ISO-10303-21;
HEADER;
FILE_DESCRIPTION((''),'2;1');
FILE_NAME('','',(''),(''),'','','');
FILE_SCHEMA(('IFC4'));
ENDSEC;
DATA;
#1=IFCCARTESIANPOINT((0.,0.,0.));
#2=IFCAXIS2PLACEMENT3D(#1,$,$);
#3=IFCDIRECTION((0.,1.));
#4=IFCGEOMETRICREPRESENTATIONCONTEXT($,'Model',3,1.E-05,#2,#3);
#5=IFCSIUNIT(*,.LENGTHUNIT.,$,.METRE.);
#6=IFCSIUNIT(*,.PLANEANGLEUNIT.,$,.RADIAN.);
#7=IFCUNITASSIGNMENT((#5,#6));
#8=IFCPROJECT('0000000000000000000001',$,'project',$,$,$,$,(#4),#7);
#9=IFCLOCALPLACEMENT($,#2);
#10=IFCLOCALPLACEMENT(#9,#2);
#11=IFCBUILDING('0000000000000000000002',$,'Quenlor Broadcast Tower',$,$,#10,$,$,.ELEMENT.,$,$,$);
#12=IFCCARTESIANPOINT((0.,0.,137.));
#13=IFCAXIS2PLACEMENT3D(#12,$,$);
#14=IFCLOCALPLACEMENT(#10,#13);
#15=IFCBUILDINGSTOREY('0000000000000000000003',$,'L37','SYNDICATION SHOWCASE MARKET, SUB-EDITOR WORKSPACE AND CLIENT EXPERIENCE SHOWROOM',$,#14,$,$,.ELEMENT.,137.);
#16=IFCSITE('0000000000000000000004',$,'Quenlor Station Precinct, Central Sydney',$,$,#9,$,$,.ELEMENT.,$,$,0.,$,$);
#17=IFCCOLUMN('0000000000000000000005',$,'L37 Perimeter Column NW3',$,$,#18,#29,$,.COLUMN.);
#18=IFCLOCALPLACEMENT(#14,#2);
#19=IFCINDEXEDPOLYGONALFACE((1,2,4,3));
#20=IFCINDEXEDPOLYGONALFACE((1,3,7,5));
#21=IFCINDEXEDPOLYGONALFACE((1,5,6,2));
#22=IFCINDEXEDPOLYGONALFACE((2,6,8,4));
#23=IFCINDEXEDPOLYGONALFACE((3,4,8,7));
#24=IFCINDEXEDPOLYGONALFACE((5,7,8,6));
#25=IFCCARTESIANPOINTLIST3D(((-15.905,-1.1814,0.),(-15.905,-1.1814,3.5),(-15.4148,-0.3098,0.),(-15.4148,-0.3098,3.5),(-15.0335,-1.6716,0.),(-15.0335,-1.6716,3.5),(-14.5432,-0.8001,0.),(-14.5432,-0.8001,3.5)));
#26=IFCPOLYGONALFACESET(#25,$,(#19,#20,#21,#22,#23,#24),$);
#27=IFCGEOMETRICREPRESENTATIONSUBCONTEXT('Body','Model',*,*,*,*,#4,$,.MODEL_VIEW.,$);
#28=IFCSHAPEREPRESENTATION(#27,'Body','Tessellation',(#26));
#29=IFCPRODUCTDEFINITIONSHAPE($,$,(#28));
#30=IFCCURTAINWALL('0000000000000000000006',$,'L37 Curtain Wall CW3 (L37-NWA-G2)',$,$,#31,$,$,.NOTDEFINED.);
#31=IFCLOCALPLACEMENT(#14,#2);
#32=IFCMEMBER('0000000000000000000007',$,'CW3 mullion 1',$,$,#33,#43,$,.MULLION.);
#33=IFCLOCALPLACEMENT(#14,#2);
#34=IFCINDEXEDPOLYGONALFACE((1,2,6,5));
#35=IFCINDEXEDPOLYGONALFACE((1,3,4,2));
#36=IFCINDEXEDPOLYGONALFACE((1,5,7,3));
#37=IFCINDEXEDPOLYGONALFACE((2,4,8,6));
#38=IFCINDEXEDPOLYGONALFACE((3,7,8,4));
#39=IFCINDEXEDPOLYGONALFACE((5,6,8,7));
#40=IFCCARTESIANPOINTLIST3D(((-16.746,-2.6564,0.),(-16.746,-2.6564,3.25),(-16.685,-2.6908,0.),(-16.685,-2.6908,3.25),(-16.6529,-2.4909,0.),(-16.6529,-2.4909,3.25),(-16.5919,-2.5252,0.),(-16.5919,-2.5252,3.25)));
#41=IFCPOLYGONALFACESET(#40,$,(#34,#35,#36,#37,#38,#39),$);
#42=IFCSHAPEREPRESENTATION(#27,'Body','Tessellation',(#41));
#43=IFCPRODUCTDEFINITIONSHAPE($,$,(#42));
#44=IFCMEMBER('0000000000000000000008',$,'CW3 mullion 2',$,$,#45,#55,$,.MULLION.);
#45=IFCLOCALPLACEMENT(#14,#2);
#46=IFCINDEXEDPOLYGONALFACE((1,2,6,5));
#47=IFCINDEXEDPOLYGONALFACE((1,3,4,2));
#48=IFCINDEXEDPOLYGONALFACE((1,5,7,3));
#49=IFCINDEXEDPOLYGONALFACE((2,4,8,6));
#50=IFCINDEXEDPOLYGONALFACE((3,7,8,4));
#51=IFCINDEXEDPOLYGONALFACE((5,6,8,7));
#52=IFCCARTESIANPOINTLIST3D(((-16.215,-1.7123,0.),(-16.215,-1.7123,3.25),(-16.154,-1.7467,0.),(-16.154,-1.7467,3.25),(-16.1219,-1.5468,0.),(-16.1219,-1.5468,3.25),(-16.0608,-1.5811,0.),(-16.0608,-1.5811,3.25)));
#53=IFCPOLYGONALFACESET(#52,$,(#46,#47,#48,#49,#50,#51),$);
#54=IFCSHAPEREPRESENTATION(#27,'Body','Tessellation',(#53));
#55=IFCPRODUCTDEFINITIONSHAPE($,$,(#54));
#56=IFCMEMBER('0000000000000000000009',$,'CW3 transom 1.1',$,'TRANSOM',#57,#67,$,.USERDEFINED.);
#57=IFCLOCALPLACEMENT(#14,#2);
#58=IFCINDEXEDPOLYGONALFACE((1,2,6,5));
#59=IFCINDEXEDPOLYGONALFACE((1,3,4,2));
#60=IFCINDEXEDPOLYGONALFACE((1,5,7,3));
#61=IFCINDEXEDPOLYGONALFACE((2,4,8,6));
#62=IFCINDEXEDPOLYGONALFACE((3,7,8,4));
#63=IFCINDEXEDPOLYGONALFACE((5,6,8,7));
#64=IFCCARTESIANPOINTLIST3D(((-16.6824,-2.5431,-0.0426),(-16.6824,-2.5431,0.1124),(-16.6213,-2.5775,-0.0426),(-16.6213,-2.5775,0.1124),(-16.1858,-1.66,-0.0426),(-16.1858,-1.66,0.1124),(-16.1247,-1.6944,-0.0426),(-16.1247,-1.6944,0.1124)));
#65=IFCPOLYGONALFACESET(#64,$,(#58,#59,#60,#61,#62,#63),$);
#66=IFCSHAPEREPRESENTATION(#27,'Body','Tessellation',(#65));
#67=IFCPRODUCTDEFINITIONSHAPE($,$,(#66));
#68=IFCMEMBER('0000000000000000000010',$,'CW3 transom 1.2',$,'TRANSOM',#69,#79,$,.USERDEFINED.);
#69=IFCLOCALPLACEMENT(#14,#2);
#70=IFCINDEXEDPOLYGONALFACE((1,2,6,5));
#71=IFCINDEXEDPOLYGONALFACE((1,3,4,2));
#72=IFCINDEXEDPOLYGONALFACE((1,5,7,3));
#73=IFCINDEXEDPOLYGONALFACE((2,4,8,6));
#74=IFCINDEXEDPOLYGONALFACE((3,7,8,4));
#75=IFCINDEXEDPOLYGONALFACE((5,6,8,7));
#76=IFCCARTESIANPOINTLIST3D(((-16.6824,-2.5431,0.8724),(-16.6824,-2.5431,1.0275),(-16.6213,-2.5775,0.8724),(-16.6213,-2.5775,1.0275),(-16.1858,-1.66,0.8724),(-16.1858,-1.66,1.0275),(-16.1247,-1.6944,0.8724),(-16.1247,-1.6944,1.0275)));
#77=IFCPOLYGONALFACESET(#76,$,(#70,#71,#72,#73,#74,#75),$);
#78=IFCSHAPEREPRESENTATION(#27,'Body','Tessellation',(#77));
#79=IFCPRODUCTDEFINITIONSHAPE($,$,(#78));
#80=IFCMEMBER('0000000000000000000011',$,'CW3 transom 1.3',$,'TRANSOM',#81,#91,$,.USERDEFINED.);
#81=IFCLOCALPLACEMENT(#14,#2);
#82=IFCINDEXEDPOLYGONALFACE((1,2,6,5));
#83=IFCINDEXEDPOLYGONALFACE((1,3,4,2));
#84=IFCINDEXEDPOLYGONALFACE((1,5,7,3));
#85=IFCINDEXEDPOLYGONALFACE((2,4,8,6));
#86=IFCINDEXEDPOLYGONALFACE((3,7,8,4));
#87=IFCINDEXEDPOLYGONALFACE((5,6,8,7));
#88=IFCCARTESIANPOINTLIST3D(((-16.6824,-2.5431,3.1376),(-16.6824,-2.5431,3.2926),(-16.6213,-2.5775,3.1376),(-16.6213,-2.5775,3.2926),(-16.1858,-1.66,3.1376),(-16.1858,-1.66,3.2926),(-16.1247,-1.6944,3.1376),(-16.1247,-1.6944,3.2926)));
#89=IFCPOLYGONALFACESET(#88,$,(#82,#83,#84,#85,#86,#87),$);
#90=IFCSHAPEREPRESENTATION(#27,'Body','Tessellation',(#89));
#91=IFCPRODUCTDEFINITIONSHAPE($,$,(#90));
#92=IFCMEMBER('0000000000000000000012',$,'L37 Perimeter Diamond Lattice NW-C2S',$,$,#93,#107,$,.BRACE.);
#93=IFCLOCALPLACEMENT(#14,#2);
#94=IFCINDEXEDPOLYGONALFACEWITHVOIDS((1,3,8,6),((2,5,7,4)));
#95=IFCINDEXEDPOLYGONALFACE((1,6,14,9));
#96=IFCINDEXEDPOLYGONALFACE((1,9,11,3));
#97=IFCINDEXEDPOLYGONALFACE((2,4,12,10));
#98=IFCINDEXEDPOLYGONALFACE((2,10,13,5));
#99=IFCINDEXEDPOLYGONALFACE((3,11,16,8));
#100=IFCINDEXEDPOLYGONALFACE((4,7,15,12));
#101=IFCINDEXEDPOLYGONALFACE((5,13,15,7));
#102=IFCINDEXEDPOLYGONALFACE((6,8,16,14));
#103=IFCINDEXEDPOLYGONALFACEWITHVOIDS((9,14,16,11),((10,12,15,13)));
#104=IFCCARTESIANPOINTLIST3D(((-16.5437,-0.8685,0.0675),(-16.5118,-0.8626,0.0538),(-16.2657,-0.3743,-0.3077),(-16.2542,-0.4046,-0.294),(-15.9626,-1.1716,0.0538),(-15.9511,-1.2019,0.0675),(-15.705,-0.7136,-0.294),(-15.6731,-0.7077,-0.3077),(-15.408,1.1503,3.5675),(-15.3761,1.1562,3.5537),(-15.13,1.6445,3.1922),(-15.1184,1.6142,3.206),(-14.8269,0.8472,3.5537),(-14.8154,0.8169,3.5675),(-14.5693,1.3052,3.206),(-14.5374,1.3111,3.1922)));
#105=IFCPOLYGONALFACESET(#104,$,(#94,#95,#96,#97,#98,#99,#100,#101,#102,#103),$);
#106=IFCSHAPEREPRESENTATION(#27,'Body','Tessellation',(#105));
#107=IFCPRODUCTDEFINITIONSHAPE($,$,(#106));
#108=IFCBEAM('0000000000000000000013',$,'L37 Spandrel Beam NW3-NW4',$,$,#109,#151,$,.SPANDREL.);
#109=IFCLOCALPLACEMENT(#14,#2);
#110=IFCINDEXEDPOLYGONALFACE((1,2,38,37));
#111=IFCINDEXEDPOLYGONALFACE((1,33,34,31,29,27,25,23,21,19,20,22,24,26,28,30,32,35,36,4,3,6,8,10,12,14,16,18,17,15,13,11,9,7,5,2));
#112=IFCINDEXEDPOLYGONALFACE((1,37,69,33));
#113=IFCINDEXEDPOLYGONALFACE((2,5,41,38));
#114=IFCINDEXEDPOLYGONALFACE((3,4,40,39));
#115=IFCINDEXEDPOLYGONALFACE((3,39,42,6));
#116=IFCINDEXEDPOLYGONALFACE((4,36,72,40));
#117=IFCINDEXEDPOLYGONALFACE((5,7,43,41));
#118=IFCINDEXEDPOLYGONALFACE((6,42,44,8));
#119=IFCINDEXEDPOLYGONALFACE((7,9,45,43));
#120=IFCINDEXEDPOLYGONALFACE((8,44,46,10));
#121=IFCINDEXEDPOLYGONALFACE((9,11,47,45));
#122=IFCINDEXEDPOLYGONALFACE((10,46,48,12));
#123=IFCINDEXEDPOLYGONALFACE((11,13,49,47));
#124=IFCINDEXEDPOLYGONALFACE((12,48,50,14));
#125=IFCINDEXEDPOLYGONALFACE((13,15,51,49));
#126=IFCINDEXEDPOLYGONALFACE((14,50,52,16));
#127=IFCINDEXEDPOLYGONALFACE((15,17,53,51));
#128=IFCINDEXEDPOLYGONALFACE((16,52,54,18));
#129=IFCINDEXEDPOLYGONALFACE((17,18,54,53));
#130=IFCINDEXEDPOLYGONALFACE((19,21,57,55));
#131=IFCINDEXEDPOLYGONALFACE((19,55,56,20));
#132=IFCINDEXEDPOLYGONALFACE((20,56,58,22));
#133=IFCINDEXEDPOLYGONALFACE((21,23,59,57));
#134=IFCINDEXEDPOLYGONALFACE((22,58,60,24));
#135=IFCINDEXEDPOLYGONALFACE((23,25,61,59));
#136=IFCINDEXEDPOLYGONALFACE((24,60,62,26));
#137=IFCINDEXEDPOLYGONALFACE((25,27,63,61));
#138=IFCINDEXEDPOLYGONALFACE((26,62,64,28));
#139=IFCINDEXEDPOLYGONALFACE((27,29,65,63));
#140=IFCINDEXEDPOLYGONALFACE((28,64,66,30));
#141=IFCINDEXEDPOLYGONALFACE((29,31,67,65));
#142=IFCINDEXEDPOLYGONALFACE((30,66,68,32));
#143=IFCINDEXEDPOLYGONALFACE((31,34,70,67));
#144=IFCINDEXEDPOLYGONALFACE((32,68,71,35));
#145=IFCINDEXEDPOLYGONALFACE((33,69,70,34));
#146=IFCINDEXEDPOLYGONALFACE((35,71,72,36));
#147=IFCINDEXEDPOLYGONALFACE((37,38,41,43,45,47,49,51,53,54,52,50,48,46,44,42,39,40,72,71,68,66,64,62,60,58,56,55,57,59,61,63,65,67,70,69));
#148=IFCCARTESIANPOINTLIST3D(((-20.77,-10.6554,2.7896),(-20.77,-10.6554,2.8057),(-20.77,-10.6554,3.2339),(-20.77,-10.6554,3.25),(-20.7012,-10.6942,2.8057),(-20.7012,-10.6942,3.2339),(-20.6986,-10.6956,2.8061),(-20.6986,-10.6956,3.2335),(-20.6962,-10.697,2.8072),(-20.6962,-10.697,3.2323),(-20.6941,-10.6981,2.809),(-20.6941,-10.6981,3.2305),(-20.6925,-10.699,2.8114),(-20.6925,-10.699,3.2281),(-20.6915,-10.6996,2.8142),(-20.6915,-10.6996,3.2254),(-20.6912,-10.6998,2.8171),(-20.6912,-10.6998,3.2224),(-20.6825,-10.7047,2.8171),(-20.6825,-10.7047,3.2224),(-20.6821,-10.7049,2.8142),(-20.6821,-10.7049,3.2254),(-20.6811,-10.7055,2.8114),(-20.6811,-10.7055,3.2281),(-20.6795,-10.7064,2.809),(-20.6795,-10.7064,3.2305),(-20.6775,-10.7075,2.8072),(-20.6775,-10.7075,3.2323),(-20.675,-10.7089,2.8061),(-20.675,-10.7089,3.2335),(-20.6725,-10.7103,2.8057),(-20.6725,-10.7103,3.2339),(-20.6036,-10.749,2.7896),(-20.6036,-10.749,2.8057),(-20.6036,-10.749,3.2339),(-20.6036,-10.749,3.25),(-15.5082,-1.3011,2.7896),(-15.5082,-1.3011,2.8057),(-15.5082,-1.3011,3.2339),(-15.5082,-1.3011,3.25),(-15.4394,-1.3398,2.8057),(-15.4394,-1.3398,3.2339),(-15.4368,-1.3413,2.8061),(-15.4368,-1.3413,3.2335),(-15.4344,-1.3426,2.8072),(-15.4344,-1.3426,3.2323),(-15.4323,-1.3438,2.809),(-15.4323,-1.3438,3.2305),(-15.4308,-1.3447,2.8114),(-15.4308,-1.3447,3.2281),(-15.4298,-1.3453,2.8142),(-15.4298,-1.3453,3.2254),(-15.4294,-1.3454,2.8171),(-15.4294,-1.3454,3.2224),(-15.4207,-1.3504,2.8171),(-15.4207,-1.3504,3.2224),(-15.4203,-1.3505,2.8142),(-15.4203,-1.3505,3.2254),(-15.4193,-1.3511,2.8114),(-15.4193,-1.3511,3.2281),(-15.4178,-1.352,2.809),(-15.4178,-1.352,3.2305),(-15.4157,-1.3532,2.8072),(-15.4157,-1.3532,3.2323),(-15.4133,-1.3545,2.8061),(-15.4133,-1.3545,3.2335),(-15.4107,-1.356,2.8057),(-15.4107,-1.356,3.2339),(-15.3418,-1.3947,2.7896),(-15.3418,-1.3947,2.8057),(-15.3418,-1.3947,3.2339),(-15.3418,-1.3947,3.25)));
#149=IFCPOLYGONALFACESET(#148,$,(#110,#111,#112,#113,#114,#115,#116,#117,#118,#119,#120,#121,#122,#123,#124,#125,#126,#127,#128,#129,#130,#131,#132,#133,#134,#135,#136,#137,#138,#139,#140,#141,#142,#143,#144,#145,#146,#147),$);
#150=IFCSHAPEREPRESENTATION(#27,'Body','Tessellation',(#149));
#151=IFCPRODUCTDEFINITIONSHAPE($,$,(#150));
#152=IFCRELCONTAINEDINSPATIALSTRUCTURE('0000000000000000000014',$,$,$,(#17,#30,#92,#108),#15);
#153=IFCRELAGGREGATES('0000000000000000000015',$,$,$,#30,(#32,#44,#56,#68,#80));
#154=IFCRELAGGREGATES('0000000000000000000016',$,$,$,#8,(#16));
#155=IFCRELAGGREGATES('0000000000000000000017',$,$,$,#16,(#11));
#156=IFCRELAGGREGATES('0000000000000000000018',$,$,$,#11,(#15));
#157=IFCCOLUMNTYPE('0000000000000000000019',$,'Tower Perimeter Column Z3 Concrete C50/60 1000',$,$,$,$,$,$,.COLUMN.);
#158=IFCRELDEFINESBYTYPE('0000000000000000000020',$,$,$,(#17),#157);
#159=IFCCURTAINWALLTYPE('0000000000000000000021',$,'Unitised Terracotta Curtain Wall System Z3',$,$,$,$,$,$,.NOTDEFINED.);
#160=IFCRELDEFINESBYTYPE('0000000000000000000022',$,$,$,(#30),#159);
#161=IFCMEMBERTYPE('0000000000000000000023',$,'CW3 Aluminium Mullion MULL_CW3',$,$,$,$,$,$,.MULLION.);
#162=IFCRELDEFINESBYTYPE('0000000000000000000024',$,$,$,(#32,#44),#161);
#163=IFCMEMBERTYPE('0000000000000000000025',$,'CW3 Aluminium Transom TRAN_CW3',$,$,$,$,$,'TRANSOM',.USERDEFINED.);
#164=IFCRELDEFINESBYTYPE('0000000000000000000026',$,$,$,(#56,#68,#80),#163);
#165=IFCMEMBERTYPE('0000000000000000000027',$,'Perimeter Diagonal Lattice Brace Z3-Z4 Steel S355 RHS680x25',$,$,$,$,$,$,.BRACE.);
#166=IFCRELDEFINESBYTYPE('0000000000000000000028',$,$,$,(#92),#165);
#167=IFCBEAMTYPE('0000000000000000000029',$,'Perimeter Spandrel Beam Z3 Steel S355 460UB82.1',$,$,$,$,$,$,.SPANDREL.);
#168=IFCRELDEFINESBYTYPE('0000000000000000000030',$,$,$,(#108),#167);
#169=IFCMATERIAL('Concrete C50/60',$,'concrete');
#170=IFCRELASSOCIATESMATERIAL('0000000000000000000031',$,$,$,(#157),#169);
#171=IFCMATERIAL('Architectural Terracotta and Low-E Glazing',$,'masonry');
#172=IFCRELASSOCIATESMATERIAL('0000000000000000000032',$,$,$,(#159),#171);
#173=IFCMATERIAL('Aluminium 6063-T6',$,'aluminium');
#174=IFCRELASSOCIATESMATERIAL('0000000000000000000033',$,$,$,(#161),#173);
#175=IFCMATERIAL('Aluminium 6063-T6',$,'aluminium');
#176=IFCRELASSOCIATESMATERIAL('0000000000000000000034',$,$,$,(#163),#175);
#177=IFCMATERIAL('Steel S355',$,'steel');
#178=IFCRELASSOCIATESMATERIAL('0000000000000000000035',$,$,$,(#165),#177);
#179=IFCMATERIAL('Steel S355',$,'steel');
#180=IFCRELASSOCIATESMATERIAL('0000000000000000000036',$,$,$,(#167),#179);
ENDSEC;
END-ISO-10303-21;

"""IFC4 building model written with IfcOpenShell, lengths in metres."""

from ifc_helpers import new_model, si_unit, direction, frame, origin, origin_2d, place, context, subcontext, project, spatial, rectangle, hollow_rectangle, i_section, extrude, material, material_profile, profile_set, type_object, element, aggregate, save


model = new_model("IFC4")

# Units and contexts
model_context = context("Model", 3, precision=1e-05, world=origin(), true_north=direction((0.0, 1.0)))
body_context = subcontext(model_context, "Body", "Model", "MODEL_VIEW")
ifc_project = project(units=[si_unit("LENGTHUNIT", "METRE"), si_unit("PLANEANGLEUNIT", "RADIAN")], contexts=[model_context])

# Site, building, storey
site_placement = place(None, origin())
site = spatial("IfcSite", under=ifc_project, at=site_placement, Name="Quenlor Station Precinct, Central Sydney", CompositionType="ELEMENT", RefElevation=0.0)
building_placement = place(site_placement, origin())
building = spatial("IfcBuilding", under=site, at=building_placement, Name="Quenlor Broadcast Tower", CompositionType="ELEMENT")
storey_placement = place(building_placement, frame((0.0, 0.0, 137.0)))
storey = spatial("IfcBuildingStorey", under=building, at=storey_placement, Name="L37", Description="SYNDICATION SHOWCASE MARKET, SUB-EDITOR WORKSPACE AND CLIENT EXPERIENCE SHOWROOM", CompositionType="ELEMENT", Elevation=137.0)

# Column
ifc_material_1 = material(Name="Concrete C50/60", Category="concrete")
ifc_material_profile_1 = material_profile(ifc_material_1, rectangle(XDim=1.0, YDim=1.0, at=origin_2d()))
ifc_profile_set_1 = profile_set([ifc_material_profile_1], Name="Concrete C50/60 RC1000x1000")
column_type = type_object("IfcColumnType", Name="Tower Perimeter Column Z3 Concrete C50/60 1000", PredefinedType="COLUMN", material=ifc_profile_set_1)
column_placement = place(storey_placement, frame((-15.2241, -0.9907, 0.0), z_axis=(0.0, 0.0, 1.0), x_axis=(-0.871575, 0.490262, 0.0)))
element("IfcColumn", 1, at=column_placement, inside=storey, type_object=column_type, Name="L37 Perimeter Column NW3", PredefinedType="COLUMN", context=body_context, shape_type="SweptSolid", body=[
    extrude(rectangle(XDim=1.0, YDim=1.0, at=origin_2d()), origin(), (0.0, 0.0, 1.0), 3.5),
])

# Curtain wall, members
ifc_material_2 = material(Name="Architectural Terracotta and Low-E Glazing", Category="masonry")
curtain_wall_type = type_object("IfcCurtainWallType", Name="Unitised Terracotta Curtain Wall System Z3", PredefinedType="NOTDEFINED", material=ifc_material_2)
curtain_wall_placement = place(storey_placement, origin())
curtain_wall = element("IfcCurtainWall", 2, at=curtain_wall_placement, inside=storey, type_object=curtain_wall_type, Name="L37 Curtain Wall CW3 (L37-NWA-G2)", PredefinedType="NOTDEFINED")
ifc_material_3 = material(Name="Aluminium 6063-T6", Category="aluminium")
ifc_material_profile_2 = material_profile(ifc_material_3, rectangle(XDim=0.0701, YDim=0.1899, at=origin_2d()))
ifc_profile_set_2 = profile_set([ifc_material_profile_2], Name="Aluminium 6063-T6 MULL70x190")
member_type_1 = type_object("IfcMemberType", Name="CW3 Aluminium Mullion MULL_CW3", PredefinedType="MULLION", material=ifc_profile_set_2)
member_1_placement = place(storey_placement, frame((-16.6689, -2.5908, 0.0), z_axis=(0.0, 0.0, 1.0), x_axis=(-0.87158, 0.490253, 0.0)))
member_1 = element("IfcMember", 3, at=member_1_placement, type_object=member_type_1, Name="CW3 mullion 1", PredefinedType="MULLION", context=body_context, shape_type="SweptSolid", body=[
    extrude(rectangle(XDim=0.0701, YDim=0.1899, at=origin_2d()), origin(), (0.0, 0.0, 1.0), 3.25),
])
member_2_placement = place(storey_placement, frame((-16.1379, -1.6467, 0.0), z_axis=(0.0, 0.0, 1.0), x_axis=(-0.87158, 0.490253, 0.0)))
member_2 = element("IfcMember", 4, at=member_2_placement, type_object=member_type_1, Name="CW3 mullion 2", PredefinedType="MULLION", context=body_context, shape_type="SweptSolid", body=[
    extrude(rectangle(XDim=0.0701, YDim=0.1899, at=origin_2d()), origin(), (0.0, 0.0, 1.0), 3.25),
])
ifc_material_4 = material(Name="Aluminium 6063-T6", Category="aluminium")
ifc_material_profile_3 = material_profile(ifc_material_4, rectangle(XDim=0.0701, YDim=0.155, at=origin_2d()))
ifc_profile_set_3 = profile_set([ifc_material_profile_3], Name="Aluminium 6063-T6 TRAN70x155")
member_type_2 = type_object("IfcMemberType", Name="CW3 Aluminium Transom TRAN_CW3", ElementType="TRANSOM", PredefinedType="USERDEFINED", material=ifc_profile_set_3)
member_3_placement = place(storey_placement, frame((-16.6519, -2.5603, 0.0349), z_axis=(0.490158, 0.871633, 0.0), x_axis=(-0.871633, 0.490158, 0.0)))
member_3 = element("IfcMember", 5, at=member_3_placement, type_object=member_type_2, Name="CW3 transom 1.1", ObjectType="TRANSOM", PredefinedType="USERDEFINED", context=body_context, shape_type="SweptSolid", body=[
    extrude(rectangle(XDim=0.0701, YDim=0.155, at=origin_2d()), origin(), (0.0, 0.0, 1.0), 1.0132),
])
member_4_placement = place(storey_placement, frame((-16.6519, -2.5603, 0.95), z_axis=(0.490158, 0.871633, 0.0), x_axis=(-0.871633, 0.490158, 0.0)))
member_4 = element("IfcMember", 6, at=member_4_placement, type_object=member_type_2, Name="CW3 transom 1.2", ObjectType="TRANSOM", PredefinedType="USERDEFINED", context=body_context, shape_type="SweptSolid", body=[
    extrude(rectangle(XDim=0.0701, YDim=0.155, at=origin_2d()), origin(), (0.0, 0.0, 1.0), 1.0132),
])
member_5_placement = place(storey_placement, frame((-16.6519, -2.5603, 3.2151), z_axis=(0.490158, 0.871633, 0.0), x_axis=(-0.871633, 0.490158, 0.0)))
member_5 = element("IfcMember", 7, at=member_5_placement, type_object=member_type_2, Name="CW3 transom 1.3", ObjectType="TRANSOM", PredefinedType="USERDEFINED", context=body_context, shape_type="SweptSolid", body=[
    extrude(rectangle(XDim=0.0701, YDim=0.155, at=origin_2d()), origin(), (0.0, 0.0, 1.0), 1.0132),
])

# Member
ifc_material_5 = material(Name="Steel S355", Category="steel")
ifc_material_profile_4 = material_profile(ifc_material_5, hollow_rectangle(XDim=0.6799, YDim=0.6799, WallThickness=0.0249, at=origin_2d()))
ifc_profile_set_4 = profile_set([ifc_material_profile_4], Name="Steel S355 RHS680x680x25")
member_type_3 = type_object("IfcMemberType", Name="Perimeter Diagonal Lattice Brace Z3-Z4 Steel S355 RHS680x25", PredefinedType="BRACE", material=ifc_profile_set_4)
member_6_placement = place(storey_placement, frame((-16.1084, -0.7881, -0.1201), z_axis=(0.270603, 0.481001, 0.833914), x_axis=(-0.871545, 0.490316, 0.0)))
element("IfcMember", 8, at=member_6_placement, inside=storey, type_object=member_type_3, Name="L37 Perimeter Diamond Lattice NW-C2S", PredefinedType="BRACE", context=body_context, shape_type="SweptSolid", body=[
    extrude(hollow_rectangle(XDim=0.6799, YDim=0.6799, WallThickness=0.0249, at=origin_2d()), origin(), (0.0, 0.0, 1.0), 4.197),
])

# Beam
ifc_material_6 = material(Name="Steel S355", Category="steel")
ifc_material_profile_5 = material_profile(ifc_material_6, i_section(OverallWidth=0.1909, OverallDepth=0.4604, WebThickness=0.01, FlangeThickness=0.0161, FilletRadius=0.0115, at=origin_2d()))
ifc_profile_set_5 = profile_set([ifc_material_profile_5], Name="Steel S355 460UB82.1")
beam_type_1 = type_object("IfcBeamType", Name="Perimeter Spandrel Beam Z3 Steel S355 460UB82.1", PredefinedType="SPANDREL", material=ifc_profile_set_5)
beam_1_placement = place(storey_placement, frame((-15.425, -1.3479, 3.0198), z_axis=(-0.490258, -0.871577, 0.0), x_axis=(0.871577, -0.490258, 0.0)))
element("IfcBeam", 9, at=beam_1_placement, inside=storey, type_object=beam_type_1, Name="L37 Spandrel Beam NW3-NW4", PredefinedType="SPANDREL", context=body_context, shape_type="SweptSolid", body=[
    extrude(i_section(OverallWidth=0.1909, OverallDepth=0.4604, WebThickness=0.01, FlangeThickness=0.0161, FilletRadius=0.0115, at=origin_2d()), origin(), (0.0, 0.0, 1.0), 10.7327),
])

aggregate(curtain_wall, [member_1, member_2, member_3, member_4, member_5])

save(model, "model.ifc")
